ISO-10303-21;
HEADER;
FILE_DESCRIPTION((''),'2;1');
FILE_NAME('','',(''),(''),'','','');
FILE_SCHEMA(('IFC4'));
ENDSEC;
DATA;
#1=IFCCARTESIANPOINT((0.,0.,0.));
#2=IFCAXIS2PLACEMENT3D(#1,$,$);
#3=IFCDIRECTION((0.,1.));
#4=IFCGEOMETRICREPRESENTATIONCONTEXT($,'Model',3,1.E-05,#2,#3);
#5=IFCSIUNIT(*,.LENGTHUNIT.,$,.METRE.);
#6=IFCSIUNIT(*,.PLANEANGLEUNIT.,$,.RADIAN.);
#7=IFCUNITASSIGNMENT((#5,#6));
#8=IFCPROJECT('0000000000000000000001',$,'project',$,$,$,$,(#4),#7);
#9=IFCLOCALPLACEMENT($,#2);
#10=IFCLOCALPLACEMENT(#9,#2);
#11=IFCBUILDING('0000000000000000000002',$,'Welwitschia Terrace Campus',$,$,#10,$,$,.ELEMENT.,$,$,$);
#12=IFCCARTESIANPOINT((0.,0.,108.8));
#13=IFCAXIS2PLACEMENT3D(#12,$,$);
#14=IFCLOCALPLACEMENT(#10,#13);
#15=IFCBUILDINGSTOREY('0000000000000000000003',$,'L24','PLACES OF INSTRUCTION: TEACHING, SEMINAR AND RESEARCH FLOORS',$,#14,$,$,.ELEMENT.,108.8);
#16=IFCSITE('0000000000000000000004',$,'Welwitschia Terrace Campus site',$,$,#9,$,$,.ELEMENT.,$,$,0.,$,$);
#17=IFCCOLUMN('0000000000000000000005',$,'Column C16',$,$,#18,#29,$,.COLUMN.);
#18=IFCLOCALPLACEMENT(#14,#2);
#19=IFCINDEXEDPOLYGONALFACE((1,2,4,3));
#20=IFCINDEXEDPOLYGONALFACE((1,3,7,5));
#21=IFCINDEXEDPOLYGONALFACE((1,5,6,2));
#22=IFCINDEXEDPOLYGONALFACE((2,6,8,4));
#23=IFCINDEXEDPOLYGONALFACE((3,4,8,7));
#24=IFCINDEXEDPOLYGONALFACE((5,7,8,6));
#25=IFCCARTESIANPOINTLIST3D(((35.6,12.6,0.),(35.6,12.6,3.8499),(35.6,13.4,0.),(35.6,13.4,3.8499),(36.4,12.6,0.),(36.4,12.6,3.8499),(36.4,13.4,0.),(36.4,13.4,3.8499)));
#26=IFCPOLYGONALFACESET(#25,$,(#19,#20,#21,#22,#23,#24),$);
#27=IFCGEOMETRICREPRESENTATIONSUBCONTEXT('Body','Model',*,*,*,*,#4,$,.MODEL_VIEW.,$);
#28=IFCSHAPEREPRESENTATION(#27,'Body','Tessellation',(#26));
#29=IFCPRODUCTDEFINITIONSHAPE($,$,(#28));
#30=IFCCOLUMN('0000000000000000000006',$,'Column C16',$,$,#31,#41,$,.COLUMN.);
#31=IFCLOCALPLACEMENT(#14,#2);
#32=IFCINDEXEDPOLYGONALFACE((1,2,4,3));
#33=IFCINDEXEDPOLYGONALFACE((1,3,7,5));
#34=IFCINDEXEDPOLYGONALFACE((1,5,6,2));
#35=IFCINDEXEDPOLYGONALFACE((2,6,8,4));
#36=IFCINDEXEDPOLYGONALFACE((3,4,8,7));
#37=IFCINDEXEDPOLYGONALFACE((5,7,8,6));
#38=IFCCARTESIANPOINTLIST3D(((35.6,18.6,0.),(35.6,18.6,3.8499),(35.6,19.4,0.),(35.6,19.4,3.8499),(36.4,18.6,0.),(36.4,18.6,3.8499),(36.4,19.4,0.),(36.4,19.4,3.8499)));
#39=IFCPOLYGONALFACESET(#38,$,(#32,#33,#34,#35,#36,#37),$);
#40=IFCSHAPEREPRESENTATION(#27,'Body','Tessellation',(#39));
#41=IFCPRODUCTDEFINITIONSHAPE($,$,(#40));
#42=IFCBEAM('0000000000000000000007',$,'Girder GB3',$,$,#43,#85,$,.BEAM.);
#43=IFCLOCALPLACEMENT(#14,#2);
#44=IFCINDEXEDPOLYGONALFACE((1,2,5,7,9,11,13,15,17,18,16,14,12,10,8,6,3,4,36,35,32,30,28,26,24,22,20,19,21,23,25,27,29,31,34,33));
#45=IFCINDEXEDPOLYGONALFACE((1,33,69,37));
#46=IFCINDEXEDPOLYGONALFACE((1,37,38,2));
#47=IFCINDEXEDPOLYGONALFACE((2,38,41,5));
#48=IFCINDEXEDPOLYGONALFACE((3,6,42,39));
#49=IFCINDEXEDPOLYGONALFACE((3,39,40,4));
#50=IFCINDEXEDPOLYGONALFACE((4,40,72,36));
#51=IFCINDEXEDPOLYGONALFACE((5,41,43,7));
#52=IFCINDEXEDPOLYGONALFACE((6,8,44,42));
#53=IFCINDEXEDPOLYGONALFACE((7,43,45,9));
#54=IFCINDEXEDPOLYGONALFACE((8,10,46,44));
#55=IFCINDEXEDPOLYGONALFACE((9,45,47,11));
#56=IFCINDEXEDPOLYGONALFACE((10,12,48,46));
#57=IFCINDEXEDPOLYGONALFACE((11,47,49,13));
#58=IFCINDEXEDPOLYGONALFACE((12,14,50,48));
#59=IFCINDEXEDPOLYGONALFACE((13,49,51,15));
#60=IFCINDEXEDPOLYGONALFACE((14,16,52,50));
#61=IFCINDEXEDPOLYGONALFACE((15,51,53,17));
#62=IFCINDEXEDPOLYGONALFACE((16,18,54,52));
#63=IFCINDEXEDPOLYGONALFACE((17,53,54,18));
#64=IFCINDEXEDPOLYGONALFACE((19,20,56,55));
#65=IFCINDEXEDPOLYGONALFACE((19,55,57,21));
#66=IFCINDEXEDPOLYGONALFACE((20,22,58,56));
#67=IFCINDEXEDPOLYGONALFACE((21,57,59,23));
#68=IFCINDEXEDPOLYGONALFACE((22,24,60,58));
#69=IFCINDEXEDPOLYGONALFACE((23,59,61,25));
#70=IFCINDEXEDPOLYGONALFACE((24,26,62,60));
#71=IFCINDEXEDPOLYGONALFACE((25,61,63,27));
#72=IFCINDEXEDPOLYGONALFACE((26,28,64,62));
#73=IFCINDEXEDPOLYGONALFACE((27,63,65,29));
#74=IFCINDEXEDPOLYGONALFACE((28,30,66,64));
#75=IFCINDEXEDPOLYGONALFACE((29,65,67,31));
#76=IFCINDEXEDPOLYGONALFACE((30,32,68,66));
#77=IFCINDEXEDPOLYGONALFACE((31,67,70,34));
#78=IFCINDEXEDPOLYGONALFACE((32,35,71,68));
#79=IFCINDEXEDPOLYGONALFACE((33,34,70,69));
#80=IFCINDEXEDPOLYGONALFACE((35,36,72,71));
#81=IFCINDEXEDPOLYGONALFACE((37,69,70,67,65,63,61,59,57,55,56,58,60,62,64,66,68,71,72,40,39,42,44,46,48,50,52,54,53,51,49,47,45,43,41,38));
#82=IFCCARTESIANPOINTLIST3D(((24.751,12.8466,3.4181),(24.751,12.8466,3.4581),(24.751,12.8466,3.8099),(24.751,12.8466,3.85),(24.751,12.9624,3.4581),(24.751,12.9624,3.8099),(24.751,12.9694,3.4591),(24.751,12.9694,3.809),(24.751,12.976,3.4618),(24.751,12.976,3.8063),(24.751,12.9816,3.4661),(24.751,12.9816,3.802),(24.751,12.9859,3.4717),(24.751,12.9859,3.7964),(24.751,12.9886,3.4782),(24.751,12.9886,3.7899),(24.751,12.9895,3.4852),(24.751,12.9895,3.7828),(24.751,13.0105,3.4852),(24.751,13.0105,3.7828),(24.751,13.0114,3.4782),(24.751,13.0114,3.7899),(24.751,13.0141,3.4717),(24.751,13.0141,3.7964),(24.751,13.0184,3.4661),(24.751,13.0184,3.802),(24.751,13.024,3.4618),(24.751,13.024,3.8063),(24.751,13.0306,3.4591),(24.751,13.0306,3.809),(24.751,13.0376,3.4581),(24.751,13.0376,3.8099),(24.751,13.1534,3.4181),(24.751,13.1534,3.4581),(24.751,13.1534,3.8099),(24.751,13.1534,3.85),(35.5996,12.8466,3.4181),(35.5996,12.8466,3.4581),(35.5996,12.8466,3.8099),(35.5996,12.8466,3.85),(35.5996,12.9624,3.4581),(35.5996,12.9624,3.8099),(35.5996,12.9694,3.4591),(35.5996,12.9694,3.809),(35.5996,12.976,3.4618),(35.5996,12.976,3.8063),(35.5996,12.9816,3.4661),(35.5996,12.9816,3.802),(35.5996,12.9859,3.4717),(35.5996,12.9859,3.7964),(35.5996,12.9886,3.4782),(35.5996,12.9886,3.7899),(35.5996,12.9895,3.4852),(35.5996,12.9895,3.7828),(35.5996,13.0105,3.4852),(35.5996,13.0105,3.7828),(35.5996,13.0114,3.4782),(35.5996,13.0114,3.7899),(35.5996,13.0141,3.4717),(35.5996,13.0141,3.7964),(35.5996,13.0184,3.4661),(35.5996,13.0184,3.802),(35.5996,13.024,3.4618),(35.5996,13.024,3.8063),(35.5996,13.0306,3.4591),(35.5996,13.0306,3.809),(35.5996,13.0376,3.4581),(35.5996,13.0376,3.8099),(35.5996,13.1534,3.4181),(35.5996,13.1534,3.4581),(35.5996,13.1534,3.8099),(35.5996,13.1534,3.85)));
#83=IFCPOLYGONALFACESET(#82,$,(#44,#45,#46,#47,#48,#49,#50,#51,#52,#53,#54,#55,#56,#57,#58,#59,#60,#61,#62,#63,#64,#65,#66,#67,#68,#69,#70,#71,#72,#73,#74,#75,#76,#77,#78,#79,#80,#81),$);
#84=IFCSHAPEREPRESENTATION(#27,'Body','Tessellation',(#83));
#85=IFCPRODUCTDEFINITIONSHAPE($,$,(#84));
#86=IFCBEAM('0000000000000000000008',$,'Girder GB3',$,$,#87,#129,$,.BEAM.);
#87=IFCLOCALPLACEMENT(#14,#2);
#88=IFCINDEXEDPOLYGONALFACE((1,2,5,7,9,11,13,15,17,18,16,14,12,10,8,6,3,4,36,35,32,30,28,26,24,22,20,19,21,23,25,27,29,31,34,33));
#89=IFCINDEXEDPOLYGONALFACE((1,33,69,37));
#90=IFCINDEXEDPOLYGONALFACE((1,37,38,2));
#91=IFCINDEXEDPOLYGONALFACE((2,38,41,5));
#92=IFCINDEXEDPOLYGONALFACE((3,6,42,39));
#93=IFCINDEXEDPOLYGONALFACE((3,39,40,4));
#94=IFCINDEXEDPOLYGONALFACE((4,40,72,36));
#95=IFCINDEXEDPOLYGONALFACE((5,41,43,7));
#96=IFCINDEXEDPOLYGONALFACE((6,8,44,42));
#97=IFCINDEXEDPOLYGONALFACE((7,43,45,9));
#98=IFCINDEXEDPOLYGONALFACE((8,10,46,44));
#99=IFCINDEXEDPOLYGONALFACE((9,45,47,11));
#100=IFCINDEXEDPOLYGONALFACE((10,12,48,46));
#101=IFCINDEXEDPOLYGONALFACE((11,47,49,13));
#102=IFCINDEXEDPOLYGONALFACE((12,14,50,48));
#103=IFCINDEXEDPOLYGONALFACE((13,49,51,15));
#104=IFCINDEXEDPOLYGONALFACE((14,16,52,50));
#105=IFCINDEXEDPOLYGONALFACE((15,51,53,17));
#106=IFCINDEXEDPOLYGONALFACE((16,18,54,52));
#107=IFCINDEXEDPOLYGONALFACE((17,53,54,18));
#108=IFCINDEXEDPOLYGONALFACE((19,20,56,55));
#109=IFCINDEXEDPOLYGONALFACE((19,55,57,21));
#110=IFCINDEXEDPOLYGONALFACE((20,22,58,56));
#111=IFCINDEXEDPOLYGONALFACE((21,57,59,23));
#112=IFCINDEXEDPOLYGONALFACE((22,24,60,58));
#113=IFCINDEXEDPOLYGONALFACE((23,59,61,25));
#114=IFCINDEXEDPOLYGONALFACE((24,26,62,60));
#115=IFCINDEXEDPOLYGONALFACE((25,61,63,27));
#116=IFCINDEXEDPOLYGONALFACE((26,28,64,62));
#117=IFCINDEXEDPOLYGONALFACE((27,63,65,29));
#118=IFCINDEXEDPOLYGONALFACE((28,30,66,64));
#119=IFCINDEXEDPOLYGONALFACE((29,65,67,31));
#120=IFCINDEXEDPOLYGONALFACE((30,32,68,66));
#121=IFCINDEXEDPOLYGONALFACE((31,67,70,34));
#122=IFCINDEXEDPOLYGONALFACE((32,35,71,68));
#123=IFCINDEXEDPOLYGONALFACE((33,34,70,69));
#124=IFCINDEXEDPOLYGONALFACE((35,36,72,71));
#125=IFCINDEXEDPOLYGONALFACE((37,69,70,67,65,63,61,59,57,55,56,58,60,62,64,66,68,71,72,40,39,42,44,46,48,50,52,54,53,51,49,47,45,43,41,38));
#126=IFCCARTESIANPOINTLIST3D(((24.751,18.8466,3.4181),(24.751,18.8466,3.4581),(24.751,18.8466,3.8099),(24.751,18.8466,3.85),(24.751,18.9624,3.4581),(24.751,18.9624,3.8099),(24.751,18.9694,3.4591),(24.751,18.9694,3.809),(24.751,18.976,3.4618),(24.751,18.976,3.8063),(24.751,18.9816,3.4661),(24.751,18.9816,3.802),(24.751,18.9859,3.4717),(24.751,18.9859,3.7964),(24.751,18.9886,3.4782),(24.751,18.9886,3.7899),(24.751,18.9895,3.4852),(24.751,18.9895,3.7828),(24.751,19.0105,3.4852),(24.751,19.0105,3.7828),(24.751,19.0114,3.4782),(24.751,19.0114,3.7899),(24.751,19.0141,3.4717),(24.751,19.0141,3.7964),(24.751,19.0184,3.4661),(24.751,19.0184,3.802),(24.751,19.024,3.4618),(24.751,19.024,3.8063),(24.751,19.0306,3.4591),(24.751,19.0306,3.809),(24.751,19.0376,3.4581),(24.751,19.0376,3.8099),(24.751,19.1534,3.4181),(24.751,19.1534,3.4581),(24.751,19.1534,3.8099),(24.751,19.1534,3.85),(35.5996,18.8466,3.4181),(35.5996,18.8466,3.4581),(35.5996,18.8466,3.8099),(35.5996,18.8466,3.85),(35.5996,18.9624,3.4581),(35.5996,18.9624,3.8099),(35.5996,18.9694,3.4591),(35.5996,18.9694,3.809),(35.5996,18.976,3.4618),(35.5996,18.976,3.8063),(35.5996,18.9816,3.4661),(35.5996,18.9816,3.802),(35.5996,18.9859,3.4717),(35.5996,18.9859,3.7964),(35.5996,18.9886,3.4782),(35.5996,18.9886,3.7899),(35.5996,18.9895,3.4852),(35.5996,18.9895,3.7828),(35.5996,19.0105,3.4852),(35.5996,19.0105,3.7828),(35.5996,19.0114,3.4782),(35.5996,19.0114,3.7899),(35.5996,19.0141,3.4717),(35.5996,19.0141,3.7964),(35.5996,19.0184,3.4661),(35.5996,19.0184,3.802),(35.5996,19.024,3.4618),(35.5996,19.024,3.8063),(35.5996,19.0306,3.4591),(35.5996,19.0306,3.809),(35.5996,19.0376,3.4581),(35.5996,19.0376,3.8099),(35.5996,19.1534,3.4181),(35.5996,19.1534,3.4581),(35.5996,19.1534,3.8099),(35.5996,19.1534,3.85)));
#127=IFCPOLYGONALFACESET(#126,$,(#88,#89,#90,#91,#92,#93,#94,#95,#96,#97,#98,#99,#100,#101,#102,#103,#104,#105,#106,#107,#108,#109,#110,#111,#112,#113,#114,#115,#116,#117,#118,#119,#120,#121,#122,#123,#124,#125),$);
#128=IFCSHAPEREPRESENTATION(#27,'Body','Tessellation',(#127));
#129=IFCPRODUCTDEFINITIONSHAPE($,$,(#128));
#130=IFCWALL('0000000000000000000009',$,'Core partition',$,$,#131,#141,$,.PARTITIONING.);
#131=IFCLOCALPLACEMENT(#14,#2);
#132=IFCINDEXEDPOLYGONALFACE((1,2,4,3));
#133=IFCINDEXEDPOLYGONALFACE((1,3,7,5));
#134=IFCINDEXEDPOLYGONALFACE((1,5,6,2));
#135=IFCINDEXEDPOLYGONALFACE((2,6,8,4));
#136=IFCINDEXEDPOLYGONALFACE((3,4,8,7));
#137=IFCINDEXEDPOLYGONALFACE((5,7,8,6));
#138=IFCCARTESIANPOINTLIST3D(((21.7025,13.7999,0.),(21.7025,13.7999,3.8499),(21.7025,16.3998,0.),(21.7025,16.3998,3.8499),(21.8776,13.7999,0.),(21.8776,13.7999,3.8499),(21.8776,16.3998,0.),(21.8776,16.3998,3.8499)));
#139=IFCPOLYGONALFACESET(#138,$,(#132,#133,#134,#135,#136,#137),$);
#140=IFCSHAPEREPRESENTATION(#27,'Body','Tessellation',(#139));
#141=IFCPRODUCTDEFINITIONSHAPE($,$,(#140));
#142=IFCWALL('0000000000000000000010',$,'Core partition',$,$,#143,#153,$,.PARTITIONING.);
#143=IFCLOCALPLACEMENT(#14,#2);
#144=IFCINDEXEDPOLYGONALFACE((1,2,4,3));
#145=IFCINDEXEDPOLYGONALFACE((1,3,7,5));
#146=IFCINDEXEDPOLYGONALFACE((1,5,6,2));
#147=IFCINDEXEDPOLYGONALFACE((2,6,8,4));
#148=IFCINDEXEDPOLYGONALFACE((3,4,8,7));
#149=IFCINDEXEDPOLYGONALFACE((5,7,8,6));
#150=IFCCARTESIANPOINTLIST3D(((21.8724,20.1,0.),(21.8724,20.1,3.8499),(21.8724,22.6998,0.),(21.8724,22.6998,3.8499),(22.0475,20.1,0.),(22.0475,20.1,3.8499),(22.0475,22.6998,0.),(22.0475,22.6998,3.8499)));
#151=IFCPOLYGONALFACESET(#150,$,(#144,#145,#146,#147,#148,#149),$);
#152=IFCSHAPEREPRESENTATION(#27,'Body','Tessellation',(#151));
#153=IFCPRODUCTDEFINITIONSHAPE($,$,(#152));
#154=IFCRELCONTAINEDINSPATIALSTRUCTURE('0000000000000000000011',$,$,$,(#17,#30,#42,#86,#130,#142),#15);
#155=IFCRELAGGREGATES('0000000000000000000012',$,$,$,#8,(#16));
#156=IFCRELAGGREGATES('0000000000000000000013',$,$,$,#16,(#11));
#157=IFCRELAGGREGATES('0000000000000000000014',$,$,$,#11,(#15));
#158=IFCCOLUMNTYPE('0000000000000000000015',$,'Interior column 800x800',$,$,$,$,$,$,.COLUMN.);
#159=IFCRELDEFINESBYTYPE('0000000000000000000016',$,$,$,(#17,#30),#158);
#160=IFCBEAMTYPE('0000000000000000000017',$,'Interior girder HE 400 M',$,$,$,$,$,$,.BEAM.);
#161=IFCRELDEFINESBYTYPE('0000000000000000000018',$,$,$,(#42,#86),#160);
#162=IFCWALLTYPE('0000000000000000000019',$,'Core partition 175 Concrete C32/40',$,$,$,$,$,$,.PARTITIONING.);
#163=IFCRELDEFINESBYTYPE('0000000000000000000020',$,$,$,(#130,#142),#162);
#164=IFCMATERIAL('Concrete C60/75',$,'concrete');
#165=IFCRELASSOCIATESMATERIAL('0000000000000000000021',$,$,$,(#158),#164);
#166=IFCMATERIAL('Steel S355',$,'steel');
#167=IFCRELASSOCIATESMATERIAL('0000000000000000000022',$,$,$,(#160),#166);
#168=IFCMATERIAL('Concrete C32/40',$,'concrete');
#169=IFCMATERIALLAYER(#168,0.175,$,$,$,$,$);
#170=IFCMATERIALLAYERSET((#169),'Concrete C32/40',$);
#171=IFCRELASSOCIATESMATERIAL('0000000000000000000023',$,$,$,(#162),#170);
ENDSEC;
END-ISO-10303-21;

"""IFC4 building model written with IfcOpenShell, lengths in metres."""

from ifc_helpers import new_model, si_unit, direction, frame, frame_2d, origin, origin_2d, place, context, subcontext, project, spatial, rectangle, i_section, extrude, material, layer, layer_set, material_profile, profile_set, type_object, element, save


model = new_model("IFC4")

# Units and contexts
model_context = context("Model", 3, precision=1e-05, world=origin(), true_north=direction((0.0, 1.0)))
body_context = subcontext(model_context, "Body", "Model", "MODEL_VIEW")
ifc_project = project(units=[si_unit("LENGTHUNIT", "METRE"), si_unit("PLANEANGLEUNIT", "RADIAN")], contexts=[model_context])

# Site, building, storey
site_placement = place(None, origin())
site = spatial("IfcSite", under=ifc_project, at=site_placement, Name="Welwitschia Terrace Campus site", CompositionType="ELEMENT", RefElevation=0.0)
building_placement = place(site_placement, origin())
building = spatial("IfcBuilding", under=site, at=building_placement, Name="Welwitschia Terrace Campus", CompositionType="ELEMENT")
storey_placement = place(building_placement, frame((0.0, 0.0, 108.8)))
storey = spatial("IfcBuildingStorey", under=building, at=storey_placement, Name="L24", Description="PLACES OF INSTRUCTION: TEACHING, SEMINAR AND RESEARCH FLOORS", CompositionType="ELEMENT", Elevation=108.8)

# Columns
ifc_material_1 = material(Name="Concrete C60/75", Category="concrete")
ifc_material_profile_1 = material_profile(ifc_material_1, rectangle(XDim=0.8, YDim=0.8, at=origin_2d()))
ifc_profile_set_1 = profile_set([ifc_material_profile_1], Name="Concrete C60/75")
column_type = type_object("IfcColumnType", Name="Interior column 800x800", PredefinedType="COLUMN", material=ifc_profile_set_1)
for number, where, z_axis, x_axis, name in (
    (1, (36.0, 13.0, 0.0), (0.0, 0.0, 1.0), (1.0, 0.0, 0.0), "Column C16"),
    (2, (36.0, 19.0, 0.0), (0.0, 0.0, 1.0), (1.0, 0.0, 0.0), "Column C16"),
):
    element("IfcColumn", number, at=place(storey_placement, frame(where, z_axis=z_axis, x_axis=x_axis)), inside=storey, type_object=column_type, Name=name, PredefinedType="COLUMN", context=body_context, shape_type="SweptSolid", body=[
        extrude(rectangle(XDim=0.8, YDim=0.8, at=origin_2d()), origin(), (0.0, 0.0, 1.0), 3.8499),
    ])

# Beams
ifc_material_2 = material(Name="Steel S355", Category="steel")
ifc_material_profile_2 = material_profile(ifc_material_2, i_section(OverallWidth=0.3069, OverallDepth=0.4319, WebThickness=0.021, FlangeThickness=0.04, FilletRadius=0.0271, at=origin_2d()))
ifc_profile_set_2 = profile_set([ifc_material_profile_2], Name="Steel S355")
beam_type = type_object("IfcBeamType", Name="Interior girder HE 400 M", PredefinedType="BEAM", material=ifc_profile_set_2)
for number, where, z_axis, x_axis, name in (
    (3, (24.751, 13.0, 3.634), (1.0, 0.0, 0.0), (0.0, 1.0, 0.0), "Girder GB3"),
    (4, (24.751, 19.0, 3.634), (1.0, 0.0, 0.0), (0.0, 1.0, 0.0), "Girder GB3"),
):
    element("IfcBeam", number, at=place(storey_placement, frame(where, z_axis=z_axis, x_axis=x_axis)), inside=storey, type_object=beam_type, Name=name, PredefinedType="BEAM", context=body_context, shape_type="SweptSolid", body=[
        extrude(i_section(OverallWidth=0.3069, OverallDepth=0.4319, WebThickness=0.021, FlangeThickness=0.04, FilletRadius=0.0271, at=origin_2d()), origin(), (0.0, 0.0, 1.0), 10.8486),
    ])

# Walls
ifc_material_3 = material(Name="Concrete C32/40", Category="concrete")
ifc_layer_1 = layer(ifc_material_3, 0.175)
ifc_layer_set_1 = layer_set([ifc_layer_1], Name="Concrete C32/40")
wall_type_1 = type_object("IfcWallType", Name="Core partition 175 Concrete C32/40", PredefinedType="PARTITIONING", material=ifc_layer_set_1)
for number, where, z_axis, x_axis, name in (
    (5, (21.79, 13.8, 0.0), (0.0, 0.0, 1.0), (0.0, 1.0, 0.0), "Core partition"),
    (6, (21.96, 20.1001, 0.0), (0.0, 0.0, 1.0), (0.0, 1.0, 0.0), "Core partition"),
):
    element("IfcWall", number, at=place(storey_placement, frame(where, z_axis=z_axis, x_axis=x_axis)), inside=storey, type_object=wall_type_1, Name=name, PredefinedType="PARTITIONING", context=body_context, shape_type="SweptSolid", body=[
        extrude(rectangle(XDim=2.5999, YDim=0.175, at=frame_2d((1.2998, 0.0))), origin(), (0.0, 0.0, 1.0), 3.8499),
    ])

save(model, "model.ifc")
